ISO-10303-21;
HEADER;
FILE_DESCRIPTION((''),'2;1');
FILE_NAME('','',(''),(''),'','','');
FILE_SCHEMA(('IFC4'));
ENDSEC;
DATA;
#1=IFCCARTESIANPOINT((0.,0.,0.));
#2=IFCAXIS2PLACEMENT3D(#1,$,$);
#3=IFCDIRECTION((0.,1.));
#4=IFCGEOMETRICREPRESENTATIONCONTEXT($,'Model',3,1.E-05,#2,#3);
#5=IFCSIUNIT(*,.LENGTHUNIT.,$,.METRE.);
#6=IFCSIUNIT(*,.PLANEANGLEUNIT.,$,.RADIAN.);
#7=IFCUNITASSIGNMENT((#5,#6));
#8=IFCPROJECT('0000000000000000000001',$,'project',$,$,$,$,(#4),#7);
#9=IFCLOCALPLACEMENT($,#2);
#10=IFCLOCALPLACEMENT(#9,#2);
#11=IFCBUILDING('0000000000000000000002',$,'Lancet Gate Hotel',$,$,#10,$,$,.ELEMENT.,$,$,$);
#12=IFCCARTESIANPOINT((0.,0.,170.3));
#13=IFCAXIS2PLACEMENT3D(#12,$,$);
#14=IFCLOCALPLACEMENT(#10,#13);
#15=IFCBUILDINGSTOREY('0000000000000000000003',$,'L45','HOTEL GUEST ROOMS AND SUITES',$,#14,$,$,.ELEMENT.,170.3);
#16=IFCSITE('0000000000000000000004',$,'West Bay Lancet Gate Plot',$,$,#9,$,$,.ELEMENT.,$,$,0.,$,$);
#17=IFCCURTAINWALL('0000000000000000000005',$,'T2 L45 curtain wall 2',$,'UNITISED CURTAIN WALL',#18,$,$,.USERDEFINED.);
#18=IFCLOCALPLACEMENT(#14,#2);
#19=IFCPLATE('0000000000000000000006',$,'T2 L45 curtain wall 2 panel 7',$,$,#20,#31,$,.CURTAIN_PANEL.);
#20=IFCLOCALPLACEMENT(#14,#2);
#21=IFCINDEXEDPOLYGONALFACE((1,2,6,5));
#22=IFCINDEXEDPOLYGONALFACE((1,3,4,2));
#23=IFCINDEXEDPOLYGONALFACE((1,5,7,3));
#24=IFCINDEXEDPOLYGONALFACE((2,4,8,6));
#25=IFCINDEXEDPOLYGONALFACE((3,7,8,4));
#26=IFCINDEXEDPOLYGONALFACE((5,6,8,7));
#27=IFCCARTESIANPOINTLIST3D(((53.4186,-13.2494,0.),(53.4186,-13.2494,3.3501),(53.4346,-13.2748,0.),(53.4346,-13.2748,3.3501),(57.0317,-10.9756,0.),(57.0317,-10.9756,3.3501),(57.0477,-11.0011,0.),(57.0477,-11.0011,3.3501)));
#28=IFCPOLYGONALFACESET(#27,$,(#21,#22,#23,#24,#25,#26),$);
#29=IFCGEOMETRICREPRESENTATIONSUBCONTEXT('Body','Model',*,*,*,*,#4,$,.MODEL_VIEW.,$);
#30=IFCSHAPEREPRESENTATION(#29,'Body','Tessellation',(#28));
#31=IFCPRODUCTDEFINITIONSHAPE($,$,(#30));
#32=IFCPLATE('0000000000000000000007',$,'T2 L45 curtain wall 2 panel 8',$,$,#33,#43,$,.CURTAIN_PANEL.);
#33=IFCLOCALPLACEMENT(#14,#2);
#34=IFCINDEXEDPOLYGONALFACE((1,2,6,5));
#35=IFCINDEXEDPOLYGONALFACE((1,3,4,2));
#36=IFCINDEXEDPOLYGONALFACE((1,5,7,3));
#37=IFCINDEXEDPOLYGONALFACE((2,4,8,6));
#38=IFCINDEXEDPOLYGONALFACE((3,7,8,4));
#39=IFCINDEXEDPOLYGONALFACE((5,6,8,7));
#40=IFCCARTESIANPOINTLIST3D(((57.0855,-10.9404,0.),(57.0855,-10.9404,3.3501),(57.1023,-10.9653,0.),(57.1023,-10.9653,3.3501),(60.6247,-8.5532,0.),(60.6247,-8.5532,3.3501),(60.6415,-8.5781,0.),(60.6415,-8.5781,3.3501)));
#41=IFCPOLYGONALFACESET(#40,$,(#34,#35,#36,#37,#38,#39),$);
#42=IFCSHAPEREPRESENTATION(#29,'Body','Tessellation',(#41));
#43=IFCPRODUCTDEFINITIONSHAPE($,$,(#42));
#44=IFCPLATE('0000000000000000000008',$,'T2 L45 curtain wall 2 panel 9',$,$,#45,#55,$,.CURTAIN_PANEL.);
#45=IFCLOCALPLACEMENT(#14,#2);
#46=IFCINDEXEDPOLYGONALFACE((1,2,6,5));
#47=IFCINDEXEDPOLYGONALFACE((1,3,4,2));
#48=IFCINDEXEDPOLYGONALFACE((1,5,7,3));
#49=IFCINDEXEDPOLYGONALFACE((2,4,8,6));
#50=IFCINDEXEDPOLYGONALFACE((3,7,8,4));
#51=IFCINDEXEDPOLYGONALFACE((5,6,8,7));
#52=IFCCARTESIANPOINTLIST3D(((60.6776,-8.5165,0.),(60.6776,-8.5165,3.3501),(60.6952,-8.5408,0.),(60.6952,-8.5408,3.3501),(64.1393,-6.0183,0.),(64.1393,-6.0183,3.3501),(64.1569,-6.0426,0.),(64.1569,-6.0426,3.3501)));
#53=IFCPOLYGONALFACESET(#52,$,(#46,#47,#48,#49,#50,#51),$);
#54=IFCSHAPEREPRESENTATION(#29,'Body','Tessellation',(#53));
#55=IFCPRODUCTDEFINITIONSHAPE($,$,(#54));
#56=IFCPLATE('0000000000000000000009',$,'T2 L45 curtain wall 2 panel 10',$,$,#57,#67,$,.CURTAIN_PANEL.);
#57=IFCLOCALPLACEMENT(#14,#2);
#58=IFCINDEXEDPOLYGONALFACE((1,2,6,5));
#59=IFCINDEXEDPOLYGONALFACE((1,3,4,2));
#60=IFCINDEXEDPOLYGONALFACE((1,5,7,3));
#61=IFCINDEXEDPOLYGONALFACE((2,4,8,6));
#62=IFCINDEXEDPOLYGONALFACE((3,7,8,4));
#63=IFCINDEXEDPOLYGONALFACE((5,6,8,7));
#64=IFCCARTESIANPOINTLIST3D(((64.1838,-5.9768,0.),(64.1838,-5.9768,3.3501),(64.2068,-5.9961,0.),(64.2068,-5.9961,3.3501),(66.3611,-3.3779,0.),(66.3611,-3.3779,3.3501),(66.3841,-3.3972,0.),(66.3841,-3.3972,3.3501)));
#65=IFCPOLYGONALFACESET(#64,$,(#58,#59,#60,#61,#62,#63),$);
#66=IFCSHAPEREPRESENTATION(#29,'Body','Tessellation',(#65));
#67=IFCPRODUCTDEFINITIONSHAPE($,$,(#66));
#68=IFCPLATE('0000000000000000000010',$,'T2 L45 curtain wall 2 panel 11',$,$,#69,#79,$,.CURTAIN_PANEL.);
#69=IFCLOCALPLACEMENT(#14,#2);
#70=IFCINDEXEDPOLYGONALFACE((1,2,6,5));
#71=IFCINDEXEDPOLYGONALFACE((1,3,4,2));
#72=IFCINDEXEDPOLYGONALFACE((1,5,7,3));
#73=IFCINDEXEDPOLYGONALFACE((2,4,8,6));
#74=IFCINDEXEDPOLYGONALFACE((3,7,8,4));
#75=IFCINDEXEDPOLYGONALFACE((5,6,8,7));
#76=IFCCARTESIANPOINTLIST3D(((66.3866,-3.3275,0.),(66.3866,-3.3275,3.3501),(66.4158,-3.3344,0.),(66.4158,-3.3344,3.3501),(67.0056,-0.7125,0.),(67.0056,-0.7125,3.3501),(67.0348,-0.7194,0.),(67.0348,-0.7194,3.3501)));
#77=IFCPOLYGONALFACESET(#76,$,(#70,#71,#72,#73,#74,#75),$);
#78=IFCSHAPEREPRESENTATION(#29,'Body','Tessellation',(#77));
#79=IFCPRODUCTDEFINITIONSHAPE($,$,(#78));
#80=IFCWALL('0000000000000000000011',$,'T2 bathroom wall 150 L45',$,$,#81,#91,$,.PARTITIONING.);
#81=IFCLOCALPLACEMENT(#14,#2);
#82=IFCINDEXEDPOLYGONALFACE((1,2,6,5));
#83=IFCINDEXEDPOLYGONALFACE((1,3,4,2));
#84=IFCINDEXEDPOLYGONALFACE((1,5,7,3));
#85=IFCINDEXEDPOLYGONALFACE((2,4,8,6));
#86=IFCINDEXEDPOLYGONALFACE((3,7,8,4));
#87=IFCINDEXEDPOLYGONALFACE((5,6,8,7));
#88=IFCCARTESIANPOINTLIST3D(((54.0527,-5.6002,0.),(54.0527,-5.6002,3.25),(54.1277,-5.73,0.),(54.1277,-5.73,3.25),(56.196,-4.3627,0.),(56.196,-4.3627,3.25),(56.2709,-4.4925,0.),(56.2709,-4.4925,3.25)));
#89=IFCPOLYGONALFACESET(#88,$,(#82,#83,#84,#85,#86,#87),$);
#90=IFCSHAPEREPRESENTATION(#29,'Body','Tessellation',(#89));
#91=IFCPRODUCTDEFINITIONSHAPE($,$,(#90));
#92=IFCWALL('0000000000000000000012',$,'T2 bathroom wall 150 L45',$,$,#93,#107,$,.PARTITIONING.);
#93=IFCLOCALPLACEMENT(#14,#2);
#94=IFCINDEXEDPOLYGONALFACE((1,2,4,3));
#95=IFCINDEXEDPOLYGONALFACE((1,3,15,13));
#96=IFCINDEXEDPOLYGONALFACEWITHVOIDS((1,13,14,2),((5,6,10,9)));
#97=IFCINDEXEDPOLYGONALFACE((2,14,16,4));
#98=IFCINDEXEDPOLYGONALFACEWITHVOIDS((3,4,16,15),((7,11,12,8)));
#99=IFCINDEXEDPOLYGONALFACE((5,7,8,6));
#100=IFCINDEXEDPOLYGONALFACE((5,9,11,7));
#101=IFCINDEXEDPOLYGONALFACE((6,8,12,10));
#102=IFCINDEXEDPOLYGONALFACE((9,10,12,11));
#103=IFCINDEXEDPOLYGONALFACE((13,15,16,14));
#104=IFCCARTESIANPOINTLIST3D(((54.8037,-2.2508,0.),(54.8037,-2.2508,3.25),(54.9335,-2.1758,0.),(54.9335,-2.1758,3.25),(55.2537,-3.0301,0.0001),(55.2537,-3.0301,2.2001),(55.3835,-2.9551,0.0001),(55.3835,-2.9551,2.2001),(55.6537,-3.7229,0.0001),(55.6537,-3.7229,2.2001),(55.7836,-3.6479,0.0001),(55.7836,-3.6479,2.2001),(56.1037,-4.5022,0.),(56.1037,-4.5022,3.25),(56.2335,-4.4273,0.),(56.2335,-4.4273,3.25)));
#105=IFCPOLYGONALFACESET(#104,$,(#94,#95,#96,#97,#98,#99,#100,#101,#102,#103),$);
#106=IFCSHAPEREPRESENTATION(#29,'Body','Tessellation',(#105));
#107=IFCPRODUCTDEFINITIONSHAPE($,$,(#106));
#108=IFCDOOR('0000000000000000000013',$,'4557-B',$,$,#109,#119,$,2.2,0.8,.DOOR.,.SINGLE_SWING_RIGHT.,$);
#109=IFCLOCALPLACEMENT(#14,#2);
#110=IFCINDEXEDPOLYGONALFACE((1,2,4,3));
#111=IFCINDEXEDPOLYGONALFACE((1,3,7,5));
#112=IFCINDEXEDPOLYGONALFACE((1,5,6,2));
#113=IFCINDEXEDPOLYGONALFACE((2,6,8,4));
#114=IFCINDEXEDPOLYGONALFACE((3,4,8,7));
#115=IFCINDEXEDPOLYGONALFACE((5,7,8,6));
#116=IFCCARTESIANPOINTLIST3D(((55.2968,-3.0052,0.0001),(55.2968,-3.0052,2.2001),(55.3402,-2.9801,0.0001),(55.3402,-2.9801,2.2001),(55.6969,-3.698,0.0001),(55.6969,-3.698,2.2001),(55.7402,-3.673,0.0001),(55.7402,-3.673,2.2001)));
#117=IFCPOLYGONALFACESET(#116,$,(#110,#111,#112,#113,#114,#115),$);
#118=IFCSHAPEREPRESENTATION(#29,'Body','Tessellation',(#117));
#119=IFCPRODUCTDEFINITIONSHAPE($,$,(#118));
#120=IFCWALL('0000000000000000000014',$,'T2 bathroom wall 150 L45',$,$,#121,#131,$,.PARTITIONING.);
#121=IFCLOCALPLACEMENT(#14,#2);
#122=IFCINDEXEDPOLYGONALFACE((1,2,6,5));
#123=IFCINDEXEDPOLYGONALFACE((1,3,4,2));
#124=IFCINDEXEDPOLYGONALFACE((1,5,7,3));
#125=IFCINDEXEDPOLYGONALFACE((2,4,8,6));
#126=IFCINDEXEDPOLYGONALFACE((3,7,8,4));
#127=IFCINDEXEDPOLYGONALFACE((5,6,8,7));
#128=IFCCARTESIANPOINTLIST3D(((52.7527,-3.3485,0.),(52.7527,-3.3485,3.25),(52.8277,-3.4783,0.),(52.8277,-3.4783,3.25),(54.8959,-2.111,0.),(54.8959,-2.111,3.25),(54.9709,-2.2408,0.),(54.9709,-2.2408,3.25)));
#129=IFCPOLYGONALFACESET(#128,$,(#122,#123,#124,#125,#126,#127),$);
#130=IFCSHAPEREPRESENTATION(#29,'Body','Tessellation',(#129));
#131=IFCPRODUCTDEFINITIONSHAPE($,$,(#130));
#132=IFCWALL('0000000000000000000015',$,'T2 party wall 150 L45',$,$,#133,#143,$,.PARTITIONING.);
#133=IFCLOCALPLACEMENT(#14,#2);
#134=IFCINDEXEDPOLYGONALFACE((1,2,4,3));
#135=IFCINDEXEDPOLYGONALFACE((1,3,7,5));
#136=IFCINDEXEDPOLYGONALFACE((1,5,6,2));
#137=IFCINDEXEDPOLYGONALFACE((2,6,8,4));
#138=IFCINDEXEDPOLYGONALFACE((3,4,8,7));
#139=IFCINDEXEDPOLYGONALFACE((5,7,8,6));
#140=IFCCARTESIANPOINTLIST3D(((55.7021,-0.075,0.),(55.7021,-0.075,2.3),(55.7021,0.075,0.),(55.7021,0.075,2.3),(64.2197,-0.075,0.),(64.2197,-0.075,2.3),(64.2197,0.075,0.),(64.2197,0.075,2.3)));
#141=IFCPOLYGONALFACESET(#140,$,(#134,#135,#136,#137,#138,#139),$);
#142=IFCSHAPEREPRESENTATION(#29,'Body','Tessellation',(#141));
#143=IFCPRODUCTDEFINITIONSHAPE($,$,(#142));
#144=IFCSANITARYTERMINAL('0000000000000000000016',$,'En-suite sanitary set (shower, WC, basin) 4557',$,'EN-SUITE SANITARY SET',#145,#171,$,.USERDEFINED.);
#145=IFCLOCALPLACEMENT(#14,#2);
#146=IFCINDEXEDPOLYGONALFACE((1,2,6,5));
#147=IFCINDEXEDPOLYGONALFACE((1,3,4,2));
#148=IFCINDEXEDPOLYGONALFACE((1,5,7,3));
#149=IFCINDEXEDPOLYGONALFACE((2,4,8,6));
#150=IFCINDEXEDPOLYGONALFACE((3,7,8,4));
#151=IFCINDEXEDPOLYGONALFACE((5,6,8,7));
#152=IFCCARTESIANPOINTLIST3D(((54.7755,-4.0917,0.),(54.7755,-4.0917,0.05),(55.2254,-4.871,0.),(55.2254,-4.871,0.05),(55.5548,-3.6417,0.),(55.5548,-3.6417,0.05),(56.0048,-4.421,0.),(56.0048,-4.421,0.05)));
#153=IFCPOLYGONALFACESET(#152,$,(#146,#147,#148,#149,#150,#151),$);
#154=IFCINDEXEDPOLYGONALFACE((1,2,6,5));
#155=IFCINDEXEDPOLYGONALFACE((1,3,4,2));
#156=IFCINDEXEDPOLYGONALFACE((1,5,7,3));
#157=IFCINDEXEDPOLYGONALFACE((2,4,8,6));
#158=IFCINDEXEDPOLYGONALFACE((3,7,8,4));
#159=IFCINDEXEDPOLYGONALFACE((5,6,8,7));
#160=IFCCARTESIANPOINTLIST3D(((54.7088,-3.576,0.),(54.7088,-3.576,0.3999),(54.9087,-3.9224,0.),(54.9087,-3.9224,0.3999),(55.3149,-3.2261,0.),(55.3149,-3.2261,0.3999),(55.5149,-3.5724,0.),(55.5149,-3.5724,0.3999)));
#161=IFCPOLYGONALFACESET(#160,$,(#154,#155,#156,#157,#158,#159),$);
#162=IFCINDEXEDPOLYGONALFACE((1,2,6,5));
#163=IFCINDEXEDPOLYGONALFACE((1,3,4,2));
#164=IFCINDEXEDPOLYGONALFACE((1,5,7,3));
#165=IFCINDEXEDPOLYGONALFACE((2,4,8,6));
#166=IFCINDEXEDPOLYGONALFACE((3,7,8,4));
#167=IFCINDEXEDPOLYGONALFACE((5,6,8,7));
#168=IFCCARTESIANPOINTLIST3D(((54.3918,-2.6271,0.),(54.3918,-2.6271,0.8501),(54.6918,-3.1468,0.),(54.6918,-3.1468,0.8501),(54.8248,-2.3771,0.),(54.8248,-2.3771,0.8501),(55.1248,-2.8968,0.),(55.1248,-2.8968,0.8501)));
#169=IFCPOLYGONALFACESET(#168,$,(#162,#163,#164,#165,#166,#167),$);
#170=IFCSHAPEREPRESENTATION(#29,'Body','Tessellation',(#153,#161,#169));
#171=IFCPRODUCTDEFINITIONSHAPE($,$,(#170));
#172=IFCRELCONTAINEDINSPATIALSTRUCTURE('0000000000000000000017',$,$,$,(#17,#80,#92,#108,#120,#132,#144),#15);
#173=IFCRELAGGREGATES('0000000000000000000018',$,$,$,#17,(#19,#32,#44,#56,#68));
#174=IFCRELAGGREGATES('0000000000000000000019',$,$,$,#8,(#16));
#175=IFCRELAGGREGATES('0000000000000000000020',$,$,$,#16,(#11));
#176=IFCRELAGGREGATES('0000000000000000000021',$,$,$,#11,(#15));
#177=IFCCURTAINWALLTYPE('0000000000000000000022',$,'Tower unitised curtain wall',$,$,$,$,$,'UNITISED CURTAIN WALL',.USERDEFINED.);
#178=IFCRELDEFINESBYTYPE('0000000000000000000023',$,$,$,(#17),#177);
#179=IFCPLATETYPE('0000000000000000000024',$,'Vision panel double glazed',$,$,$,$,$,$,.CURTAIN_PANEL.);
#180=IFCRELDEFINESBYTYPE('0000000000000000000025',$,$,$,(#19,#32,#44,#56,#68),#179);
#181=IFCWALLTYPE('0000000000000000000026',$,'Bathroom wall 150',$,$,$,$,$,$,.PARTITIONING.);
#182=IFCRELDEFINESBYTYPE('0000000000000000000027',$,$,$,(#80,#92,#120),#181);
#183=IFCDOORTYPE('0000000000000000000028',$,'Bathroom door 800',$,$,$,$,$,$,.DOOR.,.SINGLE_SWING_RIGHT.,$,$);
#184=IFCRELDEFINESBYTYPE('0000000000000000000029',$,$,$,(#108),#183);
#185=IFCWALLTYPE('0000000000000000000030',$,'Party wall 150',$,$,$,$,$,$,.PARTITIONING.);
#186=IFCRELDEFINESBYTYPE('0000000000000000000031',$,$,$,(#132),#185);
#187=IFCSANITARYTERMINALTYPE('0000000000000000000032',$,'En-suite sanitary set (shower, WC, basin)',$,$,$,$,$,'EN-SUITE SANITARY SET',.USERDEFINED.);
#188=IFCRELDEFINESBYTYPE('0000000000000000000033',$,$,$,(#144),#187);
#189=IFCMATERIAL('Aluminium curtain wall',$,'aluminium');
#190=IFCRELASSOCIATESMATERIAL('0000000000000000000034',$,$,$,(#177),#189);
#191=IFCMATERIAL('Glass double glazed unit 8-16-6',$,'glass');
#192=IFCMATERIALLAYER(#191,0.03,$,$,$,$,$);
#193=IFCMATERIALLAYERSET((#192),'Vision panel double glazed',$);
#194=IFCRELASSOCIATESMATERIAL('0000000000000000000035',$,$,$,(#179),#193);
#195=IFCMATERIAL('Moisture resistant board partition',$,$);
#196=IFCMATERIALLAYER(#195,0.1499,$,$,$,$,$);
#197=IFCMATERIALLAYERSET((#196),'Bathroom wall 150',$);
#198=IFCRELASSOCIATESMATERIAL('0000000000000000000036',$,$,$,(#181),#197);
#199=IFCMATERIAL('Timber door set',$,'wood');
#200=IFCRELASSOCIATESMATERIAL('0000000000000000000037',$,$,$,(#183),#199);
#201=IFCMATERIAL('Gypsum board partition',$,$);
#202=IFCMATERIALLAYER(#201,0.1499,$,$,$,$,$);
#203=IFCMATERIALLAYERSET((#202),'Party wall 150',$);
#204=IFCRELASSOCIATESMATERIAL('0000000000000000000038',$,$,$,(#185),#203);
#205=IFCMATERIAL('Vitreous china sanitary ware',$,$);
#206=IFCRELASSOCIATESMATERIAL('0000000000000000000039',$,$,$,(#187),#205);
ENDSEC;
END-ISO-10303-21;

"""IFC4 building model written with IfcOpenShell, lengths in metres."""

from ifc_helpers import new_model, si_unit, direction, frame, frame_2d, origin, origin_2d, place, context, subcontext, project, spatial, rectangle, extrude, material, layer, layer_set, type_object, element, fill, aggregate, save


model = new_model("IFC4")

# Units and contexts
model_context = context("Model", 3, precision=1e-05, world=origin(), true_north=direction((0.0, 1.0)))
body_context = subcontext(model_context, "Body", "Model", "MODEL_VIEW")
ifc_project = project(units=[si_unit("LENGTHUNIT", "METRE"), si_unit("PLANEANGLEUNIT", "RADIAN")], contexts=[model_context])

# Site, building, storey
site_placement = place(None, origin())
site = spatial("IfcSite", under=ifc_project, at=site_placement, Name="West Bay Lancet Gate Plot", CompositionType="ELEMENT", RefElevation=0.0)
building_placement = place(site_placement, origin())
building = spatial("IfcBuilding", under=site, at=building_placement, Name="Lancet Gate Hotel", CompositionType="ELEMENT")
storey_placement = place(building_placement, frame((0.0, 0.0, 170.3)))
storey = spatial("IfcBuildingStorey", under=building, at=storey_placement, Name="L45", Description="HOTEL GUEST ROOMS AND SUITES", CompositionType="ELEMENT", Elevation=170.3)

# Curtain wall
ifc_material_1 = material(Name="Aluminium curtain wall", Category="aluminium")
curtain_wall_type = type_object("IfcCurtainWallType", Name="Tower unitised curtain wall", ElementType="UNITISED CURTAIN WALL", PredefinedType="USERDEFINED", material=ifc_material_1)
curtain_wall_placement = place(storey_placement, origin())
curtain_wall = element("IfcCurtainWall", 1, at=curtain_wall_placement, inside=storey, type_object=curtain_wall_type, Name="T2 L45 curtain wall 2", ObjectType="UNITISED CURTAIN WALL", PredefinedType="USERDEFINED")

# Plates
ifc_material_2 = material(Name="Glass double glazed unit 8-16-6", Category="glass")
ifc_layer_1 = layer(ifc_material_2, 0.03)
ifc_layer_set_1 = layer_set([ifc_layer_1], Name="Vision panel double glazed")
plate_type = type_object("IfcPlateType", Name="Vision panel double glazed", PredefinedType="CURTAIN_PANEL", material=ifc_layer_set_1)
plate_1_placement = place(storey_placement, frame((55.2332, -12.1252, 0.0), z_axis=(0.0, 0.0, 1.0), x_axis=(0.846352, 0.532623, 0.0)))
plate_1 = element("IfcPlate", 2, at=plate_1_placement, type_object=plate_type, Name="T2 L45 curtain wall 2 panel 7", PredefinedType="CURTAIN_PANEL", context=body_context, shape_type="SweptSolid", body=[
    extrude(rectangle(XDim=4.269, YDim=0.03, at=origin_2d()), origin(), (0.0, 0.0, 1.0), 3.3501),
])
plate_2_placement = place(storey_placement, frame((58.8635, -9.7593, 0.0), z_axis=(0.0, 0.0, 1.0), x_axis=(0.829039, 0.559191, 0.0)))
plate_2 = element("IfcPlate", 3, at=plate_2_placement, type_object=plate_type, Name="T2 L45 curtain wall 2 panel 8", PredefinedType="CURTAIN_PANEL", context=body_context, shape_type="SweptSolid", body=[
    extrude(rectangle(XDim=4.269, YDim=0.03, at=origin_2d()), origin(), (0.0, 0.0, 1.0), 3.3501),
])
plate_3_placement = place(storey_placement, frame((62.4172, -7.2795, 0.0), z_axis=(0.0, 0.0, 1.0), x_axis=(0.810891, 0.585197, 0.0)))
plate_3 = element("IfcPlate", 4, at=plate_3_placement, type_object=plate_type, Name="T2 L45 curtain wall 2 panel 9", PredefinedType="CURTAIN_PANEL", context=body_context, shape_type="SweptSolid", body=[
    extrude(rectangle(XDim=4.269, YDim=0.03, at=origin_2d()), origin(), (0.0, 0.0, 1.0), 3.3501),
])
plate_4_placement = place(storey_placement, frame((65.2839, -4.687, 0.0), z_axis=(0.0, 0.0, 1.0), x_axis=(0.642199, 0.766538, 0.0)))
plate_4 = element("IfcPlate", 5, at=plate_4_placement, type_object=plate_type, Name="T2 L45 curtain wall 2 panel 10", PredefinedType="CURTAIN_PANEL", context=body_context, shape_type="SweptSolid", body=[
    extrude(rectangle(XDim=3.3904, YDim=0.03, at=origin_2d()), origin(), (0.0, 0.0, 1.0), 3.3501),
])
plate_5_placement = place(storey_placement, frame((66.7107, -2.0234, 0.0), z_axis=(0.0, 0.0, 1.0), x_axis=(0.230367, 0.973104, 0.0)))
plate_5 = element("IfcPlate", 6, at=plate_5_placement, type_object=plate_type, Name="T2 L45 curtain wall 2 panel 11", PredefinedType="CURTAIN_PANEL", context=body_context, shape_type="SweptSolid", body=[
    extrude(rectangle(XDim=2.6873, YDim=0.03, at=origin_2d()), origin(), (0.0, 0.0, 1.0), 3.3501),
])
aggregate(curtain_wall, [plate_1, plate_2, plate_3, plate_4, plate_5])

# Wall
ifc_material_3 = material(Name="Moisture resistant board partition")
ifc_layer_2 = layer(ifc_material_3, 0.1499)
ifc_layer_set_2 = layer_set([ifc_layer_2], Name="Bathroom wall 150")
wall_type_1 = type_object("IfcWallType", Name="Bathroom wall 150", PredefinedType="PARTITIONING", material=ifc_layer_set_2)
wall_1_placement = place(storey_placement, frame((54.0903, -5.665, 0.0), z_axis=(0.0, 0.0, 1.0), x_axis=(0.866007, 0.500033, 0.0)))
element("IfcWall", 7, at=wall_1_placement, inside=storey, type_object=wall_type_1, Name="T2 bathroom wall 150 L45", PredefinedType="PARTITIONING", context=body_context, shape_type="SweptSolid", body=[
    extrude(rectangle(XDim=2.4749, YDim=0.1499, at=frame_2d((1.2373, 0.0))), origin(), (0.0, 0.0, 1.0), 3.25),
])

# Wall, opening, door
wall_2_placement = place(storey_placement, frame((54.8687, -2.2134, 0.0), z_axis=(0.0, 0.0, 1.0), x_axis=(0.500048, -0.865998, 0.0)))
wall_2 = element("IfcWall", 8, at=wall_2_placement, inside=storey, type_object=wall_type_1, Name="T2 bathroom wall 150 L45", PredefinedType="PARTITIONING", context=body_context, shape_type="SweptSolid", body=[
    extrude(rectangle(XDim=2.5999, YDim=0.1499, at=frame_2d((1.2998, 0.0))), origin(), (0.0, 0.0, 1.0), 3.25),
])
opening_placement = place(wall_2_placement, frame((0.8999, 0.0, 0.0)))
opening = element("IfcOpeningElement", 9, at=opening_placement, cuts=wall_2, PredefinedType="OPENING", context=body_context, shape_type="SweptSolid", body=[
    extrude(rectangle(XDim=0.8, YDim=2.2, at=frame_2d((0.3999, 1.1001))), frame((0.0, 0.085, 0.0), z_axis=(0.0, -1.0, 0.0), x_axis=(1.0, 0.0, 0.0)), (0.0, 0.0, 1.0), 0.1699),
])
ifc_material_4 = material(Name="Timber door set", Category="wood")
door_type = type_object("IfcDoorType", Name="Bathroom door 800", OperationType="SINGLE_SWING_RIGHT", PredefinedType="DOOR", material=ifc_material_4)
door_placement = place(opening_placement, origin())
door = element("IfcDoor", 10, at=door_placement, inside=storey, type_object=door_type, Name="4557-B", OperationType="SINGLE_SWING_RIGHT", OverallHeight=2.2, OverallWidth=0.8, PredefinedType="DOOR", context=body_context, shape_type="SweptSolid", body=[
    extrude(rectangle(XDim=0.8, YDim=2.2, at=frame_2d((0.3999, 1.1001))), frame((0.0, 0.0249, 0.0), z_axis=(0.0, -1.0, 0.0), x_axis=(1.0, 0.0, 0.0)), (0.0, 0.0, 1.0), 0.05),
])
fill(opening, door)

# Walls
wall_3_placement = place(storey_placement, frame((52.7903, -3.4133, 0.0), z_axis=(0.0, 0.0, 1.0), x_axis=(0.866007, 0.500033, 0.0)))
element("IfcWall", 11, at=wall_3_placement, inside=storey, type_object=wall_type_1, Name="T2 bathroom wall 150 L45", PredefinedType="PARTITIONING", context=body_context, shape_type="SweptSolid", body=[
    extrude(rectangle(XDim=2.4749, YDim=0.1499, at=frame_2d((1.2373, 0.0))), origin(), (0.0, 0.0, 1.0), 3.25),
])
ifc_material_5 = material(Name="Gypsum board partition")
ifc_layer_3 = layer(ifc_material_5, 0.1499)
ifc_layer_set_3 = layer_set([ifc_layer_3], Name="Party wall 150")
wall_type_2 = type_object("IfcWallType", Name="Party wall 150", PredefinedType="PARTITIONING", material=ifc_layer_set_3)
wall_4_placement = place(storey_placement, frame((55.7021, 0.0, 0.0), z_axis=(0.0, 0.0, 1.0), x_axis=(1.0, 0.0, 0.0)))
element("IfcWall", 12, at=wall_4_placement, inside=storey, type_object=wall_type_2, Name="T2 party wall 150 L45", PredefinedType="PARTITIONING", context=body_context, shape_type="SweptSolid", body=[
    extrude(rectangle(XDim=8.5176, YDim=0.1499, at=frame_2d((4.2588, 0.0))), origin(), (0.0, 0.0, 1.0), 2.3),
])

# Sanitary terminal
ifc_material_6 = material(Name="Vitreous china sanitary ware")
sanitary_terminal_type = type_object("IfcSanitaryTerminalType", Name="En-suite sanitary set (shower, WC, basin)", ElementType="EN-SUITE SANITARY SET", PredefinedType="USERDEFINED", material=ifc_material_6)
sanitary_terminal_placement = place(storey_placement, frame((55.3901, -4.2563, 0.0), z_axis=(0.0, 0.0, 1.0), x_axis=(1.0, 0.0, 0.0)))
element("IfcSanitaryTerminal", 13, at=sanitary_terminal_placement, inside=storey, type_object=sanitary_terminal_type, Name="En-suite sanitary set (shower, WC, basin) 4557", ObjectType="EN-SUITE SANITARY SET", PredefinedType="USERDEFINED", context=body_context, shape_type="SweptSolid", body=[
    extrude(rectangle(XDim=0.8999, YDim=0.8999, at=origin_2d()), frame((0.0, 0.0, 0.0), z_axis=(0.0, 0.0, 1.0), x_axis=(0.5, -0.866025, 0.0)), (0.0, 0.0, 1.0), 0.05),
    extrude(rectangle(XDim=0.3999, YDim=0.7, at=origin_2d()), frame((-0.2783, 0.6821, 0.0), z_axis=(0.0, 0.0, 1.0), x_axis=(0.5, -0.866025, 0.0)), (0.0, 0.0, 1.0), 0.3999),
    extrude(rectangle(XDim=0.6001, YDim=0.5, at=origin_2d()), frame((-0.6318, 1.4944, 0.0), z_axis=(0.0, 0.0, 1.0), x_axis=(0.5, -0.866025, 0.0)), (0.0, 0.0, 1.0), 0.8501),
])

save(model, "model.ifc")
